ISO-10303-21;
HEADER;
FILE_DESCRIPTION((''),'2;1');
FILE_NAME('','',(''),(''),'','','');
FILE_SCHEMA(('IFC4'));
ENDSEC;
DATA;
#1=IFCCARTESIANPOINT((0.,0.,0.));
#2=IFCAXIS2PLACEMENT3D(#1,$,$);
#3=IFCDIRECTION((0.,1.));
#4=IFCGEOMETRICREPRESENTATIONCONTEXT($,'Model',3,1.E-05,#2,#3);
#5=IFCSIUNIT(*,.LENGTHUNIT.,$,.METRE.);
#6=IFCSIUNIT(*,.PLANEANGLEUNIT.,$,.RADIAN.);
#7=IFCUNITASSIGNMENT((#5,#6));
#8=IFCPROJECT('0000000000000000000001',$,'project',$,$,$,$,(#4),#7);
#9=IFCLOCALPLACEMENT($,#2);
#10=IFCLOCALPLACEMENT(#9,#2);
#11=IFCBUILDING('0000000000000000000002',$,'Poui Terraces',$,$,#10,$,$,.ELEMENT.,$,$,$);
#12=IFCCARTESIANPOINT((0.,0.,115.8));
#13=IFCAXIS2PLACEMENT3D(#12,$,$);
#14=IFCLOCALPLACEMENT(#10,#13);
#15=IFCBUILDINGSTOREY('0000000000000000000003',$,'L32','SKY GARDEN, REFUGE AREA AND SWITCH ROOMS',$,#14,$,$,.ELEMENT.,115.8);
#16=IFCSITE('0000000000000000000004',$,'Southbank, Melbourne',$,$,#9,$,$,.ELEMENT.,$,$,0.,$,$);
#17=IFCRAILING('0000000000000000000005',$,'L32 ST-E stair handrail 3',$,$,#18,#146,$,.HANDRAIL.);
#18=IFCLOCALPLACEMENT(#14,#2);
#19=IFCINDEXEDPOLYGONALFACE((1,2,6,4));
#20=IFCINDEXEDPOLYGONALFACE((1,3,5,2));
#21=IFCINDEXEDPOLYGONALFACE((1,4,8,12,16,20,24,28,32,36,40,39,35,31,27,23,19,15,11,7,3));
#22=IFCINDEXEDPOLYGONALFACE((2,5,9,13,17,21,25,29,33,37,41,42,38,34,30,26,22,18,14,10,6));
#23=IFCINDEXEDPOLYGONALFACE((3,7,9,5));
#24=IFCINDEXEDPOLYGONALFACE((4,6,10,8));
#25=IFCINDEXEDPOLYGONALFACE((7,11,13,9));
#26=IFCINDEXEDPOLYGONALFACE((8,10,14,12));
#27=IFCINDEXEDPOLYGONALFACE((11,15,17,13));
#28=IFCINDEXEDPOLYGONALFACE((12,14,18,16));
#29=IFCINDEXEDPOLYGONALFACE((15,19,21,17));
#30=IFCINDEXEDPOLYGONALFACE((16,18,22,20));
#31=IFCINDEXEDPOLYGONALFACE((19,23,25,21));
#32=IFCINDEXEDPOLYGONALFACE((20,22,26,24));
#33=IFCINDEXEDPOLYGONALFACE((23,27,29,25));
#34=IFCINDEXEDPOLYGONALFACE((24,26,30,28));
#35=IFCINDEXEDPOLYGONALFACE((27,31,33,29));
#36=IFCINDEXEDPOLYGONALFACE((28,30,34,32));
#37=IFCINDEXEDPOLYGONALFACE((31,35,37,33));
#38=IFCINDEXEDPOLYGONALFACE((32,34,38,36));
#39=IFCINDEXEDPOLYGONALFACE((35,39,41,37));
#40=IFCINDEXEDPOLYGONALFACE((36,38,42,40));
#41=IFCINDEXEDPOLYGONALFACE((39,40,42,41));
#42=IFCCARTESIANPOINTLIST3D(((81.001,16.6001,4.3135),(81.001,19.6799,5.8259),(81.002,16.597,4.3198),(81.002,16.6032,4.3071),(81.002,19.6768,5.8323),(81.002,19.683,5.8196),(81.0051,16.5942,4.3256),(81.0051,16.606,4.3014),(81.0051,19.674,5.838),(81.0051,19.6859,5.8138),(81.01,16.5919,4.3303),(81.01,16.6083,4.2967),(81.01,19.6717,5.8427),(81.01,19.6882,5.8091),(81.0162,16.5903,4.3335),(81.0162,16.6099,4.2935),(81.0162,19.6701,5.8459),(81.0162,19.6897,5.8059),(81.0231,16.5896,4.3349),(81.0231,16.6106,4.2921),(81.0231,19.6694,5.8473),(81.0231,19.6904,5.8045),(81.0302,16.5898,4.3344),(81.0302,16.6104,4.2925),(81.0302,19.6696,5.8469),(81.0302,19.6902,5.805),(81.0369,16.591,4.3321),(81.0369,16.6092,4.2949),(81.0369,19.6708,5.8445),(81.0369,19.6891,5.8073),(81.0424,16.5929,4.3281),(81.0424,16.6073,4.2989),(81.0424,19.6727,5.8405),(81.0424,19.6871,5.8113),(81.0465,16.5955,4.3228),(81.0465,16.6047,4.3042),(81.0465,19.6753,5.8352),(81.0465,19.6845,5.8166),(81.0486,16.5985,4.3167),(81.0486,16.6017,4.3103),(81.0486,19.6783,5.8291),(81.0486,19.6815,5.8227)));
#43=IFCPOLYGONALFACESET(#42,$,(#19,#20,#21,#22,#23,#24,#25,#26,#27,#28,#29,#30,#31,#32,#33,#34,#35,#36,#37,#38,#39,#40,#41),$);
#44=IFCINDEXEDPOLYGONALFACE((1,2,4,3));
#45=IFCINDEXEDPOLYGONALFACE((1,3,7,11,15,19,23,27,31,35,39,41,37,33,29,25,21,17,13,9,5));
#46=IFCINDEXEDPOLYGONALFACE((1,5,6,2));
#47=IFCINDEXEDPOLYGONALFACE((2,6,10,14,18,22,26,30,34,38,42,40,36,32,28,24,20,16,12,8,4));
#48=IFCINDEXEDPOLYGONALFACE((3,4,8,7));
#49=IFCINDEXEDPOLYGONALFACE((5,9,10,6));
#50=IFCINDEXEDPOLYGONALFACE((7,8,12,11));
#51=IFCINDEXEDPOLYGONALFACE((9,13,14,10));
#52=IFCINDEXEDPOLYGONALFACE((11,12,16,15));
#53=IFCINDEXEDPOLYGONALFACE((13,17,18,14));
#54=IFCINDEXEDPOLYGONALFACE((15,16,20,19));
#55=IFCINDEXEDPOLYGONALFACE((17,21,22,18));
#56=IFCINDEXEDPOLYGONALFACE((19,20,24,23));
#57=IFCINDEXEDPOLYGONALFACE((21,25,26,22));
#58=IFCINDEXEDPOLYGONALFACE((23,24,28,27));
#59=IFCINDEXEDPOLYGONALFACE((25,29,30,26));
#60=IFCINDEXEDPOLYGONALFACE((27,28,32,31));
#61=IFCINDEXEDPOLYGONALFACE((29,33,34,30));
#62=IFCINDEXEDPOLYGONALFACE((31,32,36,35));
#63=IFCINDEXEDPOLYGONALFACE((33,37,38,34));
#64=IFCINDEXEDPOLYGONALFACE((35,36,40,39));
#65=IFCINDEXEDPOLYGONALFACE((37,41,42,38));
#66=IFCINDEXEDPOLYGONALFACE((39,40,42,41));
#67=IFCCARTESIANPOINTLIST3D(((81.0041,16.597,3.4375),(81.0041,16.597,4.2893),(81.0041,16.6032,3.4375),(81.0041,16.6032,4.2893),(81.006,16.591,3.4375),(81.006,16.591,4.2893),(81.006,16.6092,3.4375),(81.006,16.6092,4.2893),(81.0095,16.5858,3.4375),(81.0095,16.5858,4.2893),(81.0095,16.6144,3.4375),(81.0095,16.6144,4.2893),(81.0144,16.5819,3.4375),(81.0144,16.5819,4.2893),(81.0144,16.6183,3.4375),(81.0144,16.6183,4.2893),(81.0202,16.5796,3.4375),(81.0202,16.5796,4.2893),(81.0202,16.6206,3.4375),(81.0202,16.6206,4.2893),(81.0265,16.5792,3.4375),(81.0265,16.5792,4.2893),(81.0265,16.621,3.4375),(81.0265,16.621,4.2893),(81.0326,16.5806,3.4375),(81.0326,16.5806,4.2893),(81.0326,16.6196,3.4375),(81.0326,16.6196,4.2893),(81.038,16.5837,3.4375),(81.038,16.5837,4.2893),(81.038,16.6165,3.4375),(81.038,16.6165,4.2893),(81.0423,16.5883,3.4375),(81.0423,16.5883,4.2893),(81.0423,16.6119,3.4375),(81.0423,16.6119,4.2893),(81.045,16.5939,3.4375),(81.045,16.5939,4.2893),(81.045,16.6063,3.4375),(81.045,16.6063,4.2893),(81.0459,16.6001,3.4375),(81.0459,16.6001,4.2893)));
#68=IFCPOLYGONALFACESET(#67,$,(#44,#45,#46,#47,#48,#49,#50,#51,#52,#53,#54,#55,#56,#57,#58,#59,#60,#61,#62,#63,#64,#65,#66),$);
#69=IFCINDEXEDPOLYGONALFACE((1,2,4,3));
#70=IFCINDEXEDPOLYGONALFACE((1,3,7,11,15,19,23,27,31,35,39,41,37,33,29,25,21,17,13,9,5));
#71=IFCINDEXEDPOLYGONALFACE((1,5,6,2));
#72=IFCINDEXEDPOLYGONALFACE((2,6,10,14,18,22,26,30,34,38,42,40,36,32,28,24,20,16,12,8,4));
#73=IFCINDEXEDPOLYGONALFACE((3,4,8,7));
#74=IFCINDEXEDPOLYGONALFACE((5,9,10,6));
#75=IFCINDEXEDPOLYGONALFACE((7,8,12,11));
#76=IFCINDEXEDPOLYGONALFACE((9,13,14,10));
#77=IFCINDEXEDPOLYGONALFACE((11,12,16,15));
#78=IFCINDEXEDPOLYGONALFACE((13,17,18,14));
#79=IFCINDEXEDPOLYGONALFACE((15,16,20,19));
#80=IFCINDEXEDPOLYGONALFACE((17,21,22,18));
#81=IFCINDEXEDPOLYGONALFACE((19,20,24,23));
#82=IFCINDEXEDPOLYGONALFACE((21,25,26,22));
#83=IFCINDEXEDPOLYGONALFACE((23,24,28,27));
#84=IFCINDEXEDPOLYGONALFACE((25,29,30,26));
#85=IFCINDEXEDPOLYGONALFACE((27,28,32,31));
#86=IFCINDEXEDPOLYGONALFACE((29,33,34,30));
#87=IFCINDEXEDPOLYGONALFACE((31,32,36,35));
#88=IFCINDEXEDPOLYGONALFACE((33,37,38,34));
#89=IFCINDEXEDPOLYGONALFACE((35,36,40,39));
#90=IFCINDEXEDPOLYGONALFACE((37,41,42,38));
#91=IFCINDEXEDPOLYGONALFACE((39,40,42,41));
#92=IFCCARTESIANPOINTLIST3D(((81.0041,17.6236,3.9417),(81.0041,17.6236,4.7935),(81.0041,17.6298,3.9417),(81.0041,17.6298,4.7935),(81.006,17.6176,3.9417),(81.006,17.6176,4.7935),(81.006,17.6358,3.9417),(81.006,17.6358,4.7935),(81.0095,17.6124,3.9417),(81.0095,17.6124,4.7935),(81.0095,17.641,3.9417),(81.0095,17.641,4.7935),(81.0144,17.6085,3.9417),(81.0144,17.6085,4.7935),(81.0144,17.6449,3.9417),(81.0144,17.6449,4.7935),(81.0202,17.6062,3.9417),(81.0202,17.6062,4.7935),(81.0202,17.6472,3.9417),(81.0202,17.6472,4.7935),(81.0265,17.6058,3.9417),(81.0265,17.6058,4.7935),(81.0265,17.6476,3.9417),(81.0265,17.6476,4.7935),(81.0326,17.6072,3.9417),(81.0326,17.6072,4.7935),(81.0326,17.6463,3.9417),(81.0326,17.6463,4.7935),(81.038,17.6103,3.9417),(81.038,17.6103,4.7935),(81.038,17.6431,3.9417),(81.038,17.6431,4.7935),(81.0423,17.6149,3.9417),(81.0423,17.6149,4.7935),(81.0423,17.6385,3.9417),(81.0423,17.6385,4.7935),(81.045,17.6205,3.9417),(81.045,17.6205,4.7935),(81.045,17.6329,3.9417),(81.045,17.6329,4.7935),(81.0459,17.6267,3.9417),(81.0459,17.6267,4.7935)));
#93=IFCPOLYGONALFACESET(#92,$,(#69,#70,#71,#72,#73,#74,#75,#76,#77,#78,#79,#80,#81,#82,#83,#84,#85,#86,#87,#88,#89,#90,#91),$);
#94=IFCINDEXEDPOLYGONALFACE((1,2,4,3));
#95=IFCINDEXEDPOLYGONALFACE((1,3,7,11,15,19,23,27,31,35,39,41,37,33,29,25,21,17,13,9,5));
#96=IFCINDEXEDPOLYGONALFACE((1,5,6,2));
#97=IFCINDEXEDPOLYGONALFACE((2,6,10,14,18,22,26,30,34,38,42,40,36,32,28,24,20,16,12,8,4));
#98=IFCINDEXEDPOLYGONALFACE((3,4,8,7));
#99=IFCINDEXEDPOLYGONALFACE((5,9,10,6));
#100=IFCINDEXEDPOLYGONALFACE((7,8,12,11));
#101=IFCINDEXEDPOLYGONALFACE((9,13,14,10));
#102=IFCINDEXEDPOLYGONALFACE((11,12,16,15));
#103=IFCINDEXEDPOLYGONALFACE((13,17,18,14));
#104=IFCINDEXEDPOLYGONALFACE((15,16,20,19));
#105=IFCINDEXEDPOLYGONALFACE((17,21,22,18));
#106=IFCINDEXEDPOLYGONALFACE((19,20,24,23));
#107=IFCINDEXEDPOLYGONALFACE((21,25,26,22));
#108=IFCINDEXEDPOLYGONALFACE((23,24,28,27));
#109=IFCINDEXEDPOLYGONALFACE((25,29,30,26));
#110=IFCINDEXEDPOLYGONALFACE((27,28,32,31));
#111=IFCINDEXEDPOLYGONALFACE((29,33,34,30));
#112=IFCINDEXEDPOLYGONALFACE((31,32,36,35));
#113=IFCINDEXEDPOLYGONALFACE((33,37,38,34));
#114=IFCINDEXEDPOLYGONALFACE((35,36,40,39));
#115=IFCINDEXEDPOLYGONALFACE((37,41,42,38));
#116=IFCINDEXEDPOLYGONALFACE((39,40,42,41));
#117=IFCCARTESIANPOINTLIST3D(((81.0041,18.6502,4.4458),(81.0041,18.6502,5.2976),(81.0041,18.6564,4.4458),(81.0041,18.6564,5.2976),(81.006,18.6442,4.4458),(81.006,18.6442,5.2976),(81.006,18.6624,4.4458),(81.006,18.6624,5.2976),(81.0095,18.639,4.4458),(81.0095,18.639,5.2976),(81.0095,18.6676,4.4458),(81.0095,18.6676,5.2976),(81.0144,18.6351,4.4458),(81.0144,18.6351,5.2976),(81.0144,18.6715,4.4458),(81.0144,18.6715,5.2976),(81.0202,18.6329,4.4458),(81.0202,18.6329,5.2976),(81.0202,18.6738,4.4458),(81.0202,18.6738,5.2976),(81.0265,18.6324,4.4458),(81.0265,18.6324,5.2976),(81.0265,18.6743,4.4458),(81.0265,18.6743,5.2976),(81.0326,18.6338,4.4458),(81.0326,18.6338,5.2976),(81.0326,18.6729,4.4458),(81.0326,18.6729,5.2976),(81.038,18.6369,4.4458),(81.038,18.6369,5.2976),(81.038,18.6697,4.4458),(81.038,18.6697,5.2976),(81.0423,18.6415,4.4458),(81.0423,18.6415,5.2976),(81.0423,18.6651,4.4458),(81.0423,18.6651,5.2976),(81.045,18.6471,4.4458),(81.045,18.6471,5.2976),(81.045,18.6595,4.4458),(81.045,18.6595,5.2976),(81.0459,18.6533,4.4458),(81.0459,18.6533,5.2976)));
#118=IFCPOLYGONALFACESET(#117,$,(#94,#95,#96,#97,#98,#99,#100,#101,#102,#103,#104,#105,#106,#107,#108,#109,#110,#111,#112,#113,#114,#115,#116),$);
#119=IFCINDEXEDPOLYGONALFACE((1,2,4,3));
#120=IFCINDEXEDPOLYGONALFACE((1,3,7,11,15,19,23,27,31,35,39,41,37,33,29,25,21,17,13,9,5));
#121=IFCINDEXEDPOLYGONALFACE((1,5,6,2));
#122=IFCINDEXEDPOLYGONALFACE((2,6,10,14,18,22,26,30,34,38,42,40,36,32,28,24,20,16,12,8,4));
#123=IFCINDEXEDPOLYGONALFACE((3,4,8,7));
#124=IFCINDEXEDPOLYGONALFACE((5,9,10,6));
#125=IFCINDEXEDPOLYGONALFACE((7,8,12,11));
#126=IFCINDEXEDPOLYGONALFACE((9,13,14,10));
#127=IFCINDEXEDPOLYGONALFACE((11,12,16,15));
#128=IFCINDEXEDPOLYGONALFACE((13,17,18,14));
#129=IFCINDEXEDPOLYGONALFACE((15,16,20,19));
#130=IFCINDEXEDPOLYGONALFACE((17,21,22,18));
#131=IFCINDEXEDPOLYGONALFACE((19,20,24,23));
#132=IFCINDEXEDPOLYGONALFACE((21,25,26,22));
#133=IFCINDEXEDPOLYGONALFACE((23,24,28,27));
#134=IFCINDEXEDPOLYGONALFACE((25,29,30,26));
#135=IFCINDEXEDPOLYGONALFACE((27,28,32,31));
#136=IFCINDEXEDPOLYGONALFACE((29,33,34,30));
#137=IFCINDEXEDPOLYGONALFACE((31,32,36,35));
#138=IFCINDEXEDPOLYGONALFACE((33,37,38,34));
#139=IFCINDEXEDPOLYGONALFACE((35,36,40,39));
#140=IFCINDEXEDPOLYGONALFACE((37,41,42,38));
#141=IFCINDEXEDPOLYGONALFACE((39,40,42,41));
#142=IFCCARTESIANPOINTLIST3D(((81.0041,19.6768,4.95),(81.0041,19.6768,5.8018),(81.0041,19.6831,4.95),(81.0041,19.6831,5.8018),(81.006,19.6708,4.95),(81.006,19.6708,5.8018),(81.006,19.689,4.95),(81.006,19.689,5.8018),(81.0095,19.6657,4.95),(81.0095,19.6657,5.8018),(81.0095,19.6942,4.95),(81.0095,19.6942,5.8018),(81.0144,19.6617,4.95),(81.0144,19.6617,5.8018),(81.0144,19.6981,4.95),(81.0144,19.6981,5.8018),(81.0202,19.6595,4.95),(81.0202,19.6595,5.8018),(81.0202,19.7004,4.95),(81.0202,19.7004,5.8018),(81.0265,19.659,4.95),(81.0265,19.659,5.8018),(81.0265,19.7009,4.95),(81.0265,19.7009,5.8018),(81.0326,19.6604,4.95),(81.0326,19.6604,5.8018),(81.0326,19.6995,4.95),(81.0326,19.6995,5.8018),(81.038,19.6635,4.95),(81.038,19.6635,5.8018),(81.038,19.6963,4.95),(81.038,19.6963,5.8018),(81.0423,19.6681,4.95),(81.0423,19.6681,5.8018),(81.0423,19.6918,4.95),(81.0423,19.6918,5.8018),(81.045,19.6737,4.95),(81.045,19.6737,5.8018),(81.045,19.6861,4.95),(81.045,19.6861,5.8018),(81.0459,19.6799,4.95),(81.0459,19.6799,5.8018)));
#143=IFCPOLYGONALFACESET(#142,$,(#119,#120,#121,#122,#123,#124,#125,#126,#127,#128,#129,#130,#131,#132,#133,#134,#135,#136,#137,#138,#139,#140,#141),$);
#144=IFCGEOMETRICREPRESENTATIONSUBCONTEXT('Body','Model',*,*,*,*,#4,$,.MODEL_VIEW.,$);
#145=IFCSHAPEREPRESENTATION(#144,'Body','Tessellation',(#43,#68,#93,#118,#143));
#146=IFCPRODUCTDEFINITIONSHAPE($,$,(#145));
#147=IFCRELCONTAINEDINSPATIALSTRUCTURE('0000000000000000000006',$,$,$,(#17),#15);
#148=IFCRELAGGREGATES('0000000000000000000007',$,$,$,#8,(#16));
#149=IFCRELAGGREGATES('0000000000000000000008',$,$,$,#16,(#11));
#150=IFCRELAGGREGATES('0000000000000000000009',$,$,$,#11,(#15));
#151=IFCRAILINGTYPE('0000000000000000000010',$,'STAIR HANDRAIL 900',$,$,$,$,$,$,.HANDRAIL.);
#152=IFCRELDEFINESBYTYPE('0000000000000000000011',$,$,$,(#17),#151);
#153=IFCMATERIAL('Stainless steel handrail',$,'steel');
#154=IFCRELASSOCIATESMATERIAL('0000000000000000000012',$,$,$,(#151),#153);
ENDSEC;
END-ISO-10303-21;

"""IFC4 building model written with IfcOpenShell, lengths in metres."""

from ifc_helpers import new_model, si_unit, direction, frame, origin, origin_2d, place, context, subcontext, project, spatial, circle, extrude, material, type_object, element, save


model = new_model("IFC4")

# Units and contexts
model_context = context("Model", 3, precision=1e-05, world=origin(), true_north=direction((0.0, 1.0)))
body_context = subcontext(model_context, "Body", "Model", "MODEL_VIEW")
ifc_project = project(units=[si_unit("LENGTHUNIT", "METRE"), si_unit("PLANEANGLEUNIT", "RADIAN")], contexts=[model_context])

# Site, building, storey
site_placement = place(None, origin())
site = spatial("IfcSite", under=ifc_project, at=site_placement, Name="Southbank, Melbourne", CompositionType="ELEMENT", RefElevation=0.0)
building_placement = place(site_placement, origin())
building = spatial("IfcBuilding", under=site, at=building_placement, Name="Poui Terraces", CompositionType="ELEMENT")
storey_placement = place(building_placement, frame((0.0, 0.0, 115.8)))
storey = spatial("IfcBuildingStorey", under=building, at=storey_placement, Name="L32", Description="SKY GARDEN, REFUGE AREA AND SWITCH ROOMS", CompositionType="ELEMENT", Elevation=115.8)

# Railing
ifc_material_1 = material(Name="Stainless steel handrail", Category="steel")
railing_type_1 = type_object("IfcRailingType", Name="STAIR HANDRAIL 900", PredefinedType="HANDRAIL", material=ifc_material_1)
railing_1_placement = place(storey_placement, frame((81.0249, 16.6001, 3.4375)))
element("IfcRailing", 1, at=railing_1_placement, inside=storey, type_object=railing_type_1, Name="L32 ST-E stair handrail 3", PredefinedType="HANDRAIL", context=body_context, shape_type="SweptSolid", body=[
    extrude(circle(Radius=0.0239, at=origin_2d()), frame((0.0, 0.0, 0.876), z_axis=(0.0, 0.897606, 0.440798), x_axis=(-1.0, 0.0, 0.0)), (0.0, 0.0, 1.0), 3.4312),
    extrude(circle(Radius=0.021, at=origin_2d()), origin(), (0.0, 0.0, 1.0), 0.8518),
    extrude(circle(Radius=0.021, at=origin_2d()), frame((0.0, 1.0266, 0.5042)), (0.0, 0.0, 1.0), 0.8518),
    extrude(circle(Radius=0.021, at=origin_2d()), frame((0.0, 2.0532, 1.0083)), (0.0, 0.0, 1.0), 0.8518),
    extrude(circle(Radius=0.021, at=origin_2d()), frame((0.0, 3.0798, 1.5125)), (0.0, 0.0, 1.0), 0.8518),
])

save(model, "model.ifc")
